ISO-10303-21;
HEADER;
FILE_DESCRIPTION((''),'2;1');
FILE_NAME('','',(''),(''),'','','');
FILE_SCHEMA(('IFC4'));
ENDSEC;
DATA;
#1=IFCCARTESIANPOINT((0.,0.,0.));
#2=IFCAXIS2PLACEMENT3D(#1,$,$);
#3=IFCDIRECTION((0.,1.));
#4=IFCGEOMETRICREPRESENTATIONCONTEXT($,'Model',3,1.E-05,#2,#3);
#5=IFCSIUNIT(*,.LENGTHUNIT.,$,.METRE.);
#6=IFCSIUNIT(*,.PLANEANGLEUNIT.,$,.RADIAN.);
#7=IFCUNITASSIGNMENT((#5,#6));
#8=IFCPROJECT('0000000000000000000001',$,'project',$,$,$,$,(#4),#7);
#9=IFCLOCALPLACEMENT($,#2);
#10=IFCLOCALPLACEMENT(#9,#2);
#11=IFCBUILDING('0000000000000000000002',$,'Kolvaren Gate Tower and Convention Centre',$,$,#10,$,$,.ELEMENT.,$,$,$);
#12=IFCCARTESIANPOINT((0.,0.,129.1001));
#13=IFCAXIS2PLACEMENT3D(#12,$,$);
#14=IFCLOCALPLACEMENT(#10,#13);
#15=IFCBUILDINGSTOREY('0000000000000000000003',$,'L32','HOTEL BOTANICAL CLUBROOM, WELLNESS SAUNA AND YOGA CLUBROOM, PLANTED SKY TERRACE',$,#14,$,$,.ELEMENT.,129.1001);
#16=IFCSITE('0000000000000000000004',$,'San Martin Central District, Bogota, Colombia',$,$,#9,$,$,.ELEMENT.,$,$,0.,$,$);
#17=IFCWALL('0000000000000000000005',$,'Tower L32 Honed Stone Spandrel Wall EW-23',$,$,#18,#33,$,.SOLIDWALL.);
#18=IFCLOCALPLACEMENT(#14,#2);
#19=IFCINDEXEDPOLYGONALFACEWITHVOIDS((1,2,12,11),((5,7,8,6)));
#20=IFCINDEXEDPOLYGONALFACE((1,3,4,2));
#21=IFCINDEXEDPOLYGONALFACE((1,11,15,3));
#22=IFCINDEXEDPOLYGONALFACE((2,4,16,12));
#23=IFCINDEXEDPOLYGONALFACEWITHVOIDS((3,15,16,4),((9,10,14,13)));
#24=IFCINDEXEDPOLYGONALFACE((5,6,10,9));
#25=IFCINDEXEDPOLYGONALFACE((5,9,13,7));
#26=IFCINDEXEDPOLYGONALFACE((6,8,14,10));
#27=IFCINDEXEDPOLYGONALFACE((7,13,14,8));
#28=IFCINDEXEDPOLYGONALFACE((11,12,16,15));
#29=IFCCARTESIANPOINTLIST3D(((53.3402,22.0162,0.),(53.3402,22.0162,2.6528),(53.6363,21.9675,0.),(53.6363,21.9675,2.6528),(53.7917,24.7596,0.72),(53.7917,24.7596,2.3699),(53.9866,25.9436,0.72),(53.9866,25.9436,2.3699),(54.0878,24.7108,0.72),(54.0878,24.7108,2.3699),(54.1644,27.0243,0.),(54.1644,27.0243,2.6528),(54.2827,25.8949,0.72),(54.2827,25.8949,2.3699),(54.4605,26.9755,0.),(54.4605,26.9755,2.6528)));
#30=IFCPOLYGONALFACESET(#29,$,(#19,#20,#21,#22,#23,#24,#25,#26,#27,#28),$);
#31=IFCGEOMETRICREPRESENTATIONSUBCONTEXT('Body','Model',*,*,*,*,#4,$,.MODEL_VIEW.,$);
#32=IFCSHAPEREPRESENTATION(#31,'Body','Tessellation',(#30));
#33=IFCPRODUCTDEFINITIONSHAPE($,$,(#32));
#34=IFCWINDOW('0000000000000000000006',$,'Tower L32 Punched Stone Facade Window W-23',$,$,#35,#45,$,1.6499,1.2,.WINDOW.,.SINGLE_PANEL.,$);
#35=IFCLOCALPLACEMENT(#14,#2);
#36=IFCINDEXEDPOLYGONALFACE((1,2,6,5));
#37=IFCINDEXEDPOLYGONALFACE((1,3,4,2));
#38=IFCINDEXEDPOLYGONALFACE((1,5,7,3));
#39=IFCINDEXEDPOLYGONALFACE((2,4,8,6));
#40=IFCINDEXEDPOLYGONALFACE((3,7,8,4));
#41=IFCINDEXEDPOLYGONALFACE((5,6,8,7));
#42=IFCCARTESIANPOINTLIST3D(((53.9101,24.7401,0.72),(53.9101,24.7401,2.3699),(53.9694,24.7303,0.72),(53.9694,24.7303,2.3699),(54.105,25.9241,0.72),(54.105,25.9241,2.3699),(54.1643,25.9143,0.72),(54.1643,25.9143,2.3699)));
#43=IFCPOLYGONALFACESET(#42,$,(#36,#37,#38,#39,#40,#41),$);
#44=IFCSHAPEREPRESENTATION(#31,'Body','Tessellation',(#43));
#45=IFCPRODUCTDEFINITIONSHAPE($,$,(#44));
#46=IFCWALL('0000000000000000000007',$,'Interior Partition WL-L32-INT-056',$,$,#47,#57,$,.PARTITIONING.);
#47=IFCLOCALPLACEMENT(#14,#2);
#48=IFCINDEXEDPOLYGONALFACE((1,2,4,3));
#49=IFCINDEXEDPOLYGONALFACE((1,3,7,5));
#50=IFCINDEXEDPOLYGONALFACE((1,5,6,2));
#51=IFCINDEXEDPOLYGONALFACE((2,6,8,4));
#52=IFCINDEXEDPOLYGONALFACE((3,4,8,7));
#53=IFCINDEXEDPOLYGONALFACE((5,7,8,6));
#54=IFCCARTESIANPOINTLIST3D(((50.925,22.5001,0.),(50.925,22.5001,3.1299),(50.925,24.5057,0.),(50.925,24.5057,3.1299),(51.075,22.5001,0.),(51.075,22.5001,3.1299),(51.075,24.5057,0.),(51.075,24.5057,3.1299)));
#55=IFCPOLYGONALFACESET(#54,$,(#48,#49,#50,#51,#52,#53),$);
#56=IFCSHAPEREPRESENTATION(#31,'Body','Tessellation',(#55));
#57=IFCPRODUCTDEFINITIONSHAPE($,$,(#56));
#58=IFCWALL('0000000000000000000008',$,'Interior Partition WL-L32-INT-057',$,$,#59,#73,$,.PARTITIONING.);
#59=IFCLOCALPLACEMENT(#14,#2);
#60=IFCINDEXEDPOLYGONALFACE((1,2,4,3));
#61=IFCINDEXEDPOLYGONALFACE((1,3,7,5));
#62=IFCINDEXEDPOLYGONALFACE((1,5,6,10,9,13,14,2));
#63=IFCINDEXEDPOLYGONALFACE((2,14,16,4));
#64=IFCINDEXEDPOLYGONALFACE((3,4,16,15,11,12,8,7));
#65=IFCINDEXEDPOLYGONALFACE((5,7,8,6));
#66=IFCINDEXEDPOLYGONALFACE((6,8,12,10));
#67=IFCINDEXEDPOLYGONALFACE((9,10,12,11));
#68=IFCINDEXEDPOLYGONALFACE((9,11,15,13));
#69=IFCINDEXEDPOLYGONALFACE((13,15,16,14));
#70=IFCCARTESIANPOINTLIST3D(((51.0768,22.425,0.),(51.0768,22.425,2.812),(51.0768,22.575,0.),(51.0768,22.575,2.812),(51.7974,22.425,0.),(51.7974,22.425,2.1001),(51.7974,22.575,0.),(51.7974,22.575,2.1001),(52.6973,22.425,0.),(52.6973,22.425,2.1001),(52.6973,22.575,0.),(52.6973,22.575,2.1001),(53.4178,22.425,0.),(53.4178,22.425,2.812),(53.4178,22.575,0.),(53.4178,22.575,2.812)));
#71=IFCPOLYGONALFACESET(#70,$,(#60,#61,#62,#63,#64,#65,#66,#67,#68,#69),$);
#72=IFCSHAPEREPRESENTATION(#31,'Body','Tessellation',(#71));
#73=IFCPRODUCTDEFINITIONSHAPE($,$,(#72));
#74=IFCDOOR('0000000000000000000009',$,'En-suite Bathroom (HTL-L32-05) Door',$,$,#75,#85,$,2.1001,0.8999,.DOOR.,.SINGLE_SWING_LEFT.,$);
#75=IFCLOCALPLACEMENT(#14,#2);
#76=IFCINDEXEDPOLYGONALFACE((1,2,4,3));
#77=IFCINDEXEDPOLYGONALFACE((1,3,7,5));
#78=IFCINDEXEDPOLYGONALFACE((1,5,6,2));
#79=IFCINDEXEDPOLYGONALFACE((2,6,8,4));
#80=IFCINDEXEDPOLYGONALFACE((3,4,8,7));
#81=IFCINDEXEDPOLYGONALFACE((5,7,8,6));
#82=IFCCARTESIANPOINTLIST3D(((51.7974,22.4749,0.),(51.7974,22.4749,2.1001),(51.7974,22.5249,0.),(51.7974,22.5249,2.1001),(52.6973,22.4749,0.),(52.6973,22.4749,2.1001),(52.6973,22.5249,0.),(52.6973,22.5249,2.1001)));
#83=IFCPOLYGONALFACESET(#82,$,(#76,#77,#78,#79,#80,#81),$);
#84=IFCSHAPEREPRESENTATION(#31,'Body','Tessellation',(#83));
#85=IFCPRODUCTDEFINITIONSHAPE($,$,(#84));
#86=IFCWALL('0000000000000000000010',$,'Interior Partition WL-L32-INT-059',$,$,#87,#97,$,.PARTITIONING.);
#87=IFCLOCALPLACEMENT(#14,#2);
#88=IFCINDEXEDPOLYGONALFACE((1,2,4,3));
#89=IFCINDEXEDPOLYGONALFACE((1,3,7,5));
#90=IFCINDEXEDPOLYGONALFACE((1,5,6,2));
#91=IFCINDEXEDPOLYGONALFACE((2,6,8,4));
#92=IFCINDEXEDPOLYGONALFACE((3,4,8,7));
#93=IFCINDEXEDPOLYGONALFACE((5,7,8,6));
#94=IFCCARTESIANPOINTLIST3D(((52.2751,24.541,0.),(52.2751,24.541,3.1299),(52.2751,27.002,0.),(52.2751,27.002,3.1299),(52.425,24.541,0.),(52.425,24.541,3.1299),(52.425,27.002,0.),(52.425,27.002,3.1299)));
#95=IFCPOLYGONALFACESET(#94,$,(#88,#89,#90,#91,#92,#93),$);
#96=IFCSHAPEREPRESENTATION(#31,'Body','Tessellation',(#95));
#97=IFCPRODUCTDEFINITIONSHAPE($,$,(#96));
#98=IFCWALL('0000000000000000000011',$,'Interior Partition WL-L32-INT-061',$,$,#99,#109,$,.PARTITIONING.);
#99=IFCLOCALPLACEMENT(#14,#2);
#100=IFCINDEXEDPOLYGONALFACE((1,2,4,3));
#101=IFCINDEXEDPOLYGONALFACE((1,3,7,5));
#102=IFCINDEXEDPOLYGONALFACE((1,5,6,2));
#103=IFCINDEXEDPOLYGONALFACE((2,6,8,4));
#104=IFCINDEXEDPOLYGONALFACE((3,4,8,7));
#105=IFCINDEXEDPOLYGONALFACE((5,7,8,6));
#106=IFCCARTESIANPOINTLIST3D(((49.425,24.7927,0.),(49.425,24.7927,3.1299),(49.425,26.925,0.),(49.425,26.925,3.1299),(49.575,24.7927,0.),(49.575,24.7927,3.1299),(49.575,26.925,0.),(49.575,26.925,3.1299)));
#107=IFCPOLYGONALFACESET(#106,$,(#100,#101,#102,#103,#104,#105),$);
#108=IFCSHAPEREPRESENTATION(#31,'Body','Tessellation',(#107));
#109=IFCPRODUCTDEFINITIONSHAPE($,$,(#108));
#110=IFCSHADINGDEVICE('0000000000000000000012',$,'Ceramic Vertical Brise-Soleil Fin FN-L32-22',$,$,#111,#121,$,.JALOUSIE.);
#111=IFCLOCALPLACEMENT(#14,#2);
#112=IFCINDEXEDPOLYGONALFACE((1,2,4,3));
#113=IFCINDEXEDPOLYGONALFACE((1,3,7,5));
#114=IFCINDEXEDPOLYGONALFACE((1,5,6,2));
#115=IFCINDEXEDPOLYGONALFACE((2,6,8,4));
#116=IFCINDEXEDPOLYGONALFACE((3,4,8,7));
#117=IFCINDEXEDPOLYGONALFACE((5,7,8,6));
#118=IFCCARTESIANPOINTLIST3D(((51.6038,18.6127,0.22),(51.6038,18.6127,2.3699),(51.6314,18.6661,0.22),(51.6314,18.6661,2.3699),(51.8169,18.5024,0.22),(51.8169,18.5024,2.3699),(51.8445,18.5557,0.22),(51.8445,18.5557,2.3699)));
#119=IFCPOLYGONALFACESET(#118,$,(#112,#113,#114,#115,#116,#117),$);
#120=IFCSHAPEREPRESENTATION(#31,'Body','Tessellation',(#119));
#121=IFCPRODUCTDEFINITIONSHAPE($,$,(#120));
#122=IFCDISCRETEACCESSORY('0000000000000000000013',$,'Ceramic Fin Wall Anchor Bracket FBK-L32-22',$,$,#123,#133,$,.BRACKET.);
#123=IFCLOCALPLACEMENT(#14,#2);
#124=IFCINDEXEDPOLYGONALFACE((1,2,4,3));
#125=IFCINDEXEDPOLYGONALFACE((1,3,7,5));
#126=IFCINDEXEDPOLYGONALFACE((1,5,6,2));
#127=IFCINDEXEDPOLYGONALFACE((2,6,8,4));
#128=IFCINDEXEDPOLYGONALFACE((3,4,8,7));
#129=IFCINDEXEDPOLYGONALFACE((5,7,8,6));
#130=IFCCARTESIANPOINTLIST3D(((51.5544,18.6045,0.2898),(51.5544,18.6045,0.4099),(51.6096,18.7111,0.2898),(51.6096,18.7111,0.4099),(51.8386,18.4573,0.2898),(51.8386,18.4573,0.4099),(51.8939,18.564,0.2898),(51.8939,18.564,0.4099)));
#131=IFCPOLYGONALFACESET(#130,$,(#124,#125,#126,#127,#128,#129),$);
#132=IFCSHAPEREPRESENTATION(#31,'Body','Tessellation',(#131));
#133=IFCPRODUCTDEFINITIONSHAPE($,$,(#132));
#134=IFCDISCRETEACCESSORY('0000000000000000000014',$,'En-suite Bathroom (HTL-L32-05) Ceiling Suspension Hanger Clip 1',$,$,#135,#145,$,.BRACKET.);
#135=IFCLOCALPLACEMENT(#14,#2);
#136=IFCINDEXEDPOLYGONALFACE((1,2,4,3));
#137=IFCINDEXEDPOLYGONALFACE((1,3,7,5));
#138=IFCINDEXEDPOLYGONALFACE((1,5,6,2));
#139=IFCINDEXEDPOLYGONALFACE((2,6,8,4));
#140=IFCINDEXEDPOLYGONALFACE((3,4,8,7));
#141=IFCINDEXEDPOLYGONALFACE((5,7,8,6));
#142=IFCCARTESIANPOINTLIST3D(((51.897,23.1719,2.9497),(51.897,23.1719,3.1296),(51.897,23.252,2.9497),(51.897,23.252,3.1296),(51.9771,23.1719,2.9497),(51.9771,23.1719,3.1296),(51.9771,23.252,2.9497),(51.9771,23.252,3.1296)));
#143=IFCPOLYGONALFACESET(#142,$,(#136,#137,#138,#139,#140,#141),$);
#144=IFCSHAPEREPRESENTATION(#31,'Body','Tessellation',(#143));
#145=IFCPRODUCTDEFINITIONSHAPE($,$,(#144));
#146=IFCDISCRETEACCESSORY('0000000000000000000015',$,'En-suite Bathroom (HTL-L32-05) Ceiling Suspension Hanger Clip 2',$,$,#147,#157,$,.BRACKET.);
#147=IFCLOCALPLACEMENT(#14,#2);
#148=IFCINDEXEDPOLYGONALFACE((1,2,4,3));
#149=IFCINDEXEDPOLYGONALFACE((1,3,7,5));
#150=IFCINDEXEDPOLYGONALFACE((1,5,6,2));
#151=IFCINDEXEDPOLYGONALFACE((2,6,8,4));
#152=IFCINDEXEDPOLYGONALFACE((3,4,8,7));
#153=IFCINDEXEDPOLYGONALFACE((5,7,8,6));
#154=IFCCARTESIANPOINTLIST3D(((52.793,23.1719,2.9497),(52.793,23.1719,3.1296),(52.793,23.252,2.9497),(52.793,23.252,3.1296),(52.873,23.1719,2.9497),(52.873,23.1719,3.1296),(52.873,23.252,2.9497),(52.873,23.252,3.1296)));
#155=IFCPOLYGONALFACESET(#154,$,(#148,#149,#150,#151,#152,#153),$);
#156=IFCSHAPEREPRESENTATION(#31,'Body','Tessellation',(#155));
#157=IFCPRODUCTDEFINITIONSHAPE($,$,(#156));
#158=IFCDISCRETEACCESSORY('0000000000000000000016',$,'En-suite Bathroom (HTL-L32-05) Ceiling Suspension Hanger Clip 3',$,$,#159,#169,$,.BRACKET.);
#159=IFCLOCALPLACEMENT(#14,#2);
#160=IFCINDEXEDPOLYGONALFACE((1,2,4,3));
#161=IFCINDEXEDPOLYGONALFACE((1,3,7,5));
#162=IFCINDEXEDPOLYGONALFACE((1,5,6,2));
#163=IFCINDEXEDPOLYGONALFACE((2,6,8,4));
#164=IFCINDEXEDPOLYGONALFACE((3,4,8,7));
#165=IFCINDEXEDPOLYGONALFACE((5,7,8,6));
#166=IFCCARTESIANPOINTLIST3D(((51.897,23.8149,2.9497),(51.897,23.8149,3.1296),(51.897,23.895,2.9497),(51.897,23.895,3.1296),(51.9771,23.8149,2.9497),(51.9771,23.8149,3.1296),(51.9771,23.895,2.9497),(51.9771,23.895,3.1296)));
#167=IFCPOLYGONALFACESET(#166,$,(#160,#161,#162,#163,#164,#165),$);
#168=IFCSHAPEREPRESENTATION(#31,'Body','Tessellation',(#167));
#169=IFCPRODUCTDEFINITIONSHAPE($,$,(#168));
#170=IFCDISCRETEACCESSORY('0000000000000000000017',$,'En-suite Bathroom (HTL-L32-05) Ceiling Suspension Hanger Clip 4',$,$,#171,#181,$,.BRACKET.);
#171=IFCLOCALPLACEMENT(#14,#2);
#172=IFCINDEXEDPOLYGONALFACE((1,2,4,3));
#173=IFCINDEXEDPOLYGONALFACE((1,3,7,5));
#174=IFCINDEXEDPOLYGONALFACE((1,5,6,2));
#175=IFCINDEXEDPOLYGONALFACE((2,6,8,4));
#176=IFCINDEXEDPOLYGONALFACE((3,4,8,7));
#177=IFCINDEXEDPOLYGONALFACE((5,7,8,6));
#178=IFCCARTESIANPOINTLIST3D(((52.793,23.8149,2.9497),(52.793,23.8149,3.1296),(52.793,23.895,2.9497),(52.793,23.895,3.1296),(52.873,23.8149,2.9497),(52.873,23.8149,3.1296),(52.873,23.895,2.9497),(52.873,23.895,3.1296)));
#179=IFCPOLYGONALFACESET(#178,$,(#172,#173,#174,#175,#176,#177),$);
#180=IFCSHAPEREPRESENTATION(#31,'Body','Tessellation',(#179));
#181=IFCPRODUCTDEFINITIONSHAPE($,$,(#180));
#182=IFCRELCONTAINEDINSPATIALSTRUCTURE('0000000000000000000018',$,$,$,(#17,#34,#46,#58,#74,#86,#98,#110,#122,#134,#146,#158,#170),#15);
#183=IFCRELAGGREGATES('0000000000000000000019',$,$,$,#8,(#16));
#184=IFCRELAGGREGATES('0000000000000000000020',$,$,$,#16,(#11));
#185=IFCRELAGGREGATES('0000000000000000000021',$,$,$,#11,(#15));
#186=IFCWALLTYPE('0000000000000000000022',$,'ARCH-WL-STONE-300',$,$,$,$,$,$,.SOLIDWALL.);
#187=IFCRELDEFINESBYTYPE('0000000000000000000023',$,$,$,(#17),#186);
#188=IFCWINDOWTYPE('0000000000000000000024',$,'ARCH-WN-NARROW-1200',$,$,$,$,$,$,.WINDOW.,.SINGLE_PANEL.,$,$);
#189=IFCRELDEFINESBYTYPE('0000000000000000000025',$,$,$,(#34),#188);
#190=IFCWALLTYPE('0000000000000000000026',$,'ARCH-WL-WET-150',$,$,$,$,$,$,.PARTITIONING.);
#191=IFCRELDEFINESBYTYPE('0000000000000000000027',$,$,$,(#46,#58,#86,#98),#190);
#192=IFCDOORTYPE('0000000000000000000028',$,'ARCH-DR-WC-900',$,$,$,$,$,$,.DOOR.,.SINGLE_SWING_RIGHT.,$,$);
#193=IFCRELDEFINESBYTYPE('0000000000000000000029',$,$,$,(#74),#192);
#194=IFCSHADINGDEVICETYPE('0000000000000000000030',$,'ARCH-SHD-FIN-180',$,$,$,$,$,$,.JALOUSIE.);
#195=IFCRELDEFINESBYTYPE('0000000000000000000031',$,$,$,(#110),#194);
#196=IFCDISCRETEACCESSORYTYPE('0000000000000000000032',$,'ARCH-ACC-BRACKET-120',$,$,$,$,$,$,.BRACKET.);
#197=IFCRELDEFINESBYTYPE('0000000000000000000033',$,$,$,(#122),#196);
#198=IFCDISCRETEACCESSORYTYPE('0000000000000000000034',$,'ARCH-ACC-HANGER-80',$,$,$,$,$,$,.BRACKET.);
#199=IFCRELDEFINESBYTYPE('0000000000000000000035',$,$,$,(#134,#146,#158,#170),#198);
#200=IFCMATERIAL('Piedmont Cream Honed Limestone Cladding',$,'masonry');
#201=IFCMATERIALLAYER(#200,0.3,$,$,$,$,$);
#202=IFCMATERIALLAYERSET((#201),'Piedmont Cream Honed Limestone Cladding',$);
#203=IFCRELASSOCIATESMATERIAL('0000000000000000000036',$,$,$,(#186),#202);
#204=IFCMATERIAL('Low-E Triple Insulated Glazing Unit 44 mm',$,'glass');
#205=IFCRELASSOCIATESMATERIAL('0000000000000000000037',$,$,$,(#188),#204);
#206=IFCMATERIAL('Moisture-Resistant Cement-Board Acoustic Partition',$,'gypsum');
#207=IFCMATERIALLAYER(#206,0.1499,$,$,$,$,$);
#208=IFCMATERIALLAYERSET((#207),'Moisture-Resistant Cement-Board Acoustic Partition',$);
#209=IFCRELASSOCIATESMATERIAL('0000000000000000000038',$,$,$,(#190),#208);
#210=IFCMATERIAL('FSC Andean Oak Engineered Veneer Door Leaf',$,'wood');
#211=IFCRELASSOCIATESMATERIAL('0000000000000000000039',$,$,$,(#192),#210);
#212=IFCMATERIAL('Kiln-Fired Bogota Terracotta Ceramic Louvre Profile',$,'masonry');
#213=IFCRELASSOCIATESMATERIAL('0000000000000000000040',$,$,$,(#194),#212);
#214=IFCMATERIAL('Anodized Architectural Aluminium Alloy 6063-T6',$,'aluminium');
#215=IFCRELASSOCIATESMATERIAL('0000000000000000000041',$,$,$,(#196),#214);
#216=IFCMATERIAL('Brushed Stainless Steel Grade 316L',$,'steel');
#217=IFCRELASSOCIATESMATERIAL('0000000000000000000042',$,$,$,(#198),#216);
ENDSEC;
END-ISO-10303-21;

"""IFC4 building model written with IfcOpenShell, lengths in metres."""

from ifc_helpers import new_model, si_unit, direction, frame, frame_2d, origin, origin_2d, place, context, subcontext, project, spatial, rectangle, extrude, material, layer, layer_set, type_object, element, fill, save


model = new_model("IFC4")

# Units and contexts
model_context = context("Model", 3, precision=1e-05, world=origin(), true_north=direction((0.0, 1.0)))
body_context = subcontext(model_context, "Body", "Model", "MODEL_VIEW")
ifc_project = project(units=[si_unit("LENGTHUNIT", "METRE"), si_unit("PLANEANGLEUNIT", "RADIAN")], contexts=[model_context])

# Site, building, storey
site_placement = place(None, origin())
site = spatial("IfcSite", under=ifc_project, at=site_placement, Name="San Martin Central District, Bogota, Colombia", CompositionType="ELEMENT", RefElevation=0.0)
building_placement = place(site_placement, origin())
building = spatial("IfcBuilding", under=site, at=building_placement, Name="Kolvaren Gate Tower and Convention Centre", CompositionType="ELEMENT")
storey_placement = place(building_placement, frame((0.0, 0.0, 129.1001)))
storey = spatial("IfcBuildingStorey", under=building, at=storey_placement, Name="L32", Description="HOTEL BOTANICAL CLUBROOM, WELLNESS SAUNA AND YOGA CLUBROOM, PLANTED SKY TERRACE", CompositionType="ELEMENT", Elevation=129.1001)

# Shared definitions
ifc_material_1 = material(Name="Anodized Architectural Aluminium Alloy 6063-T6", Category="aluminium")

# Shared definitions
ifc_material_2 = material(Name="Low-E Triple Insulated Glazing Unit 44 mm", Category="glass")

# Shared definitions
ifc_material_3 = material(Name="Piedmont Cream Honed Limestone Cladding", Category="masonry")

# Shared definitions
ifc_layer_1 = layer(ifc_material_3, 0.3)
ifc_layer_set_1 = layer_set([ifc_layer_1], Name="Piedmont Cream Honed Limestone Cladding")
wall_type_1 = type_object("IfcWallType", Name="ARCH-WL-STONE-300", PredefinedType="SOLIDWALL", material=ifc_layer_set_1)

# Wall, opening, window
wall_1_placement = place(storey_placement, frame((53.4883, 21.9919, 0.0), z_axis=(0.0, 0.0, 1.0), x_axis=(0.162394, 0.986726, 0.0)))
wall_1 = element("IfcWall", 1, at=wall_1_placement, inside=storey, type_object=wall_type_1, Name="Tower L32 Honed Stone Spandrel Wall EW-23", PredefinedType="SOLIDWALL", context=body_context, shape_type="SweptSolid", body=[
    extrude(rectangle(XDim=5.0754, YDim=0.3, at=frame_2d((2.5376, 0.0))), origin(), (0.0, 0.0, 1.0), 2.6528),
])
opening_1_placement = place(wall_1_placement, frame((2.78, 0.0, 0.72)))
opening_1 = element("IfcOpeningElement", 2, at=opening_1_placement, cuts=wall_1, PredefinedType="OPENING", context=body_context, shape_type="SweptSolid", body=[
    extrude(rectangle(XDim=1.2, YDim=1.6499, at=frame_2d((0.6001, 0.825))), frame((0.0, 0.1599, 0.0), z_axis=(0.0, -1.0, 0.0), x_axis=(1.0, 0.0, 0.0)), (0.0, 0.0, 1.0), 0.3201),
])
window_type_1 = type_object("IfcWindowType", Name="ARCH-WN-NARROW-1200", PartitioningType="SINGLE_PANEL", PredefinedType="WINDOW", material=ifc_material_2)
window_1_placement = place(opening_1_placement, origin())
window_1 = element("IfcWindow", 3, at=window_1_placement, inside=storey, type_object=window_type_1, Name="Tower L32 Punched Stone Facade Window W-23", OverallHeight=1.6499, OverallWidth=1.2, PartitioningType="SINGLE_PANEL", PredefinedType="WINDOW", context=body_context, shape_type="SweptSolid", body=[
    extrude(rectangle(XDim=1.2, YDim=1.6499, at=frame_2d((0.6001, 0.825))), frame((0.0, 0.03, 0.0), z_axis=(0.0, -1.0, 0.0), x_axis=(1.0, 0.0, 0.0)), (0.0, 0.0, 1.0), 0.0601),
])
fill(opening_1, window_1)

# Wall
ifc_material_4 = material(Name="Moisture-Resistant Cement-Board Acoustic Partition", Category="gypsum")
ifc_layer_2 = layer(ifc_material_4, 0.1499)
ifc_layer_set_2 = layer_set([ifc_layer_2], Name="Moisture-Resistant Cement-Board Acoustic Partition")
wall_type_2 = type_object("IfcWallType", Name="ARCH-WL-WET-150", PredefinedType="PARTITIONING", material=ifc_layer_set_2)
wall_2_placement = place(storey_placement, frame((51.0, 22.5, 0.0), z_axis=(0.0, 0.0, 1.0), x_axis=(0.0, 1.0, 0.0)))
element("IfcWall", 4, at=wall_2_placement, inside=storey, type_object=wall_type_2, Name="Interior Partition WL-L32-INT-056", PredefinedType="PARTITIONING", context=body_context, shape_type="SweptSolid", body=[
    extrude(rectangle(XDim=2.0056, YDim=0.1499, at=frame_2d((1.0029, 0.0))), origin(), (0.0, 0.0, 1.0), 3.1299),
])

# Wall, opening, door
wall_3_placement = place(storey_placement, frame((51.0769, 22.5, 0.0), z_axis=(0.0, 0.0, 1.0), x_axis=(1.0, 0.0, 0.0)))
wall_3 = element("IfcWall", 5, at=wall_3_placement, inside=storey, type_object=wall_type_2, Name="Interior Partition WL-L32-INT-057", PredefinedType="PARTITIONING", context=body_context, shape_type="SweptSolid", body=[
    extrude(rectangle(XDim=2.3411, YDim=0.1499, at=frame_2d((1.1704, 0.0))), origin(), (0.0, 0.0, 1.0), 2.812),
])
opening_2_placement = place(wall_3_placement, frame((0.7205, 0.0, 0.0)))
opening_2 = element("IfcOpeningElement", 6, at=opening_2_placement, cuts=wall_3, PredefinedType="OPENING", context=body_context, shape_type="SweptSolid", body=[
    extrude(rectangle(XDim=0.8999, YDim=2.1001, at=frame_2d((0.45, 1.05))), frame((0.0, 0.085, 0.0), z_axis=(0.0, -1.0, 0.0), x_axis=(1.0, 0.0, 0.0)), (0.0, 0.0, 1.0), 0.1699),
])
ifc_material_5 = material(Name="FSC Andean Oak Engineered Veneer Door Leaf", Category="wood")
door_type = type_object("IfcDoorType", Name="ARCH-DR-WC-900", OperationType="SINGLE_SWING_RIGHT", PredefinedType="DOOR", material=ifc_material_5)
door_placement = place(opening_2_placement, origin())
door = element("IfcDoor", 7, at=door_placement, inside=storey, type_object=door_type, Name="En-suite Bathroom (HTL-L32-05) Door", OperationType="SINGLE_SWING_LEFT", OverallHeight=2.1001, OverallWidth=0.8999, PredefinedType="DOOR", context=body_context, shape_type="SweptSolid", body=[
    extrude(rectangle(XDim=0.8999, YDim=2.1001, at=frame_2d((0.45, 1.05))), frame((0.0, 0.0249, 0.0), z_axis=(0.0, -1.0, 0.0), x_axis=(1.0, 0.0, 0.0)), (0.0, 0.0, 1.0), 0.05),
])
fill(opening_2, door)

# Walls
wall_4_placement = place(storey_placement, frame((52.3501, 24.541, 0.0), z_axis=(0.0, 0.0, 1.0), x_axis=(0.0, 1.0, 0.0)))
element("IfcWall", 8, at=wall_4_placement, inside=storey, type_object=wall_type_2, Name="Interior Partition WL-L32-INT-059", PredefinedType="PARTITIONING", context=body_context, shape_type="SweptSolid", body=[
    extrude(rectangle(XDim=2.4609, YDim=0.1499, at=frame_2d((1.2305, 0.0))), origin(), (0.0, 0.0, 1.0), 3.1299),
])
wall_5_placement = place(storey_placement, frame((49.5, 24.7927, 0.0), z_axis=(0.0, 0.0, 1.0), x_axis=(0.0, 1.0, 0.0)))
element("IfcWall", 9, at=wall_5_placement, inside=storey, type_object=wall_type_2, Name="Interior Partition WL-L32-INT-061", PredefinedType="PARTITIONING", context=body_context, shape_type="SweptSolid", body=[
    extrude(rectangle(XDim=2.1323, YDim=0.1499, at=frame_2d((1.0662, 0.0))), origin(), (0.0, 0.0, 1.0), 3.1299),
])

# Shared definitions
ifc_material_6 = material(Name="Brushed Stainless Steel Grade 316L", Category="steel")

# Shading device
ifc_material_7 = material(Name="Kiln-Fired Bogota Terracotta Ceramic Louvre Profile", Category="masonry")
shading_device_type = type_object("IfcShadingDeviceType", Name="ARCH-SHD-FIN-180", PredefinedType="JALOUSIE", material=ifc_material_7)
shading_device_placement = place(storey_placement, frame((51.7241, 18.5842, 0.22), z_axis=(0.0, 0.0, 1.0), x_axis=(0.459781, 0.888032, 0.0)))
element("IfcShadingDevice", 10, at=shading_device_placement, inside=storey, type_object=shading_device_type, Name="Ceramic Vertical Brise-Soleil Fin FN-L32-22", PredefinedType="JALOUSIE", context=body_context, shape_type="SweptSolid", body=[
    extrude(rectangle(XDim=0.0601, YDim=0.24, at=origin_2d()), origin(), (0.0, 0.0, 1.0), 2.1499),
])

# Discrete accessories
discrete_accessory_type_1 = type_object("IfcDiscreteAccessoryType", Name="ARCH-ACC-BRACKET-120", PredefinedType="BRACKET", material=ifc_material_1)
discrete_accessory_placement = place(storey_placement, frame((51.7241, 18.5842, 0.2898), z_axis=(0.0, 0.0, 1.0), x_axis=(0.459781, 0.888032, 0.0)))
element("IfcDiscreteAccessory", 11, at=discrete_accessory_placement, inside=storey, type_object=discrete_accessory_type_1, Name="Ceramic Fin Wall Anchor Bracket FBK-L32-22", PredefinedType="BRACKET", context=body_context, shape_type="SweptSolid", body=[
    extrude(rectangle(XDim=0.1201, YDim=0.3201, at=origin_2d()), origin(), (0.0, 0.0, 1.0), 0.1201),
])
discrete_accessory_type_2 = type_object("IfcDiscreteAccessoryType", Name="ARCH-ACC-HANGER-80", PredefinedType="BRACKET", material=ifc_material_6)
for number, where, z_axis, x_axis, name in (
    (12, (51.937, 23.2119, 2.9497), (0.0, 0.0, 1.0), (1.0, 0.0, 0.0), "En-suite Bathroom (HTL-L32-05) Ceiling Suspension Hanger Clip 1"),
    (13, (52.833, 23.2119, 2.9497), (0.0, 0.0, 1.0), (1.0, 0.0, 0.0), "En-suite Bathroom (HTL-L32-05) Ceiling Suspension Hanger Clip 2"),
    (14, (51.937, 23.855, 2.9497), (0.0, 0.0, 1.0), (1.0, 0.0, 0.0), "En-suite Bathroom (HTL-L32-05) Ceiling Suspension Hanger Clip 3"),
    (15, (52.833, 23.855, 2.9497), (0.0, 0.0, 1.0), (1.0, 0.0, 0.0), "En-suite Bathroom (HTL-L32-05) Ceiling Suspension Hanger Clip 4"),
):
    element("IfcDiscreteAccessory", number, at=place(storey_placement, frame(where, z_axis=z_axis, x_axis=x_axis)), inside=storey, type_object=discrete_accessory_type_2, Name=name, PredefinedType="BRACKET", context=body_context, shape_type="SweptSolid", body=[
        extrude(rectangle(XDim=0.0801, YDim=0.0801, at=origin_2d()), origin(), (0.0, 0.0, 1.0), 0.1799),
    ])

save(model, "model.ifc")
